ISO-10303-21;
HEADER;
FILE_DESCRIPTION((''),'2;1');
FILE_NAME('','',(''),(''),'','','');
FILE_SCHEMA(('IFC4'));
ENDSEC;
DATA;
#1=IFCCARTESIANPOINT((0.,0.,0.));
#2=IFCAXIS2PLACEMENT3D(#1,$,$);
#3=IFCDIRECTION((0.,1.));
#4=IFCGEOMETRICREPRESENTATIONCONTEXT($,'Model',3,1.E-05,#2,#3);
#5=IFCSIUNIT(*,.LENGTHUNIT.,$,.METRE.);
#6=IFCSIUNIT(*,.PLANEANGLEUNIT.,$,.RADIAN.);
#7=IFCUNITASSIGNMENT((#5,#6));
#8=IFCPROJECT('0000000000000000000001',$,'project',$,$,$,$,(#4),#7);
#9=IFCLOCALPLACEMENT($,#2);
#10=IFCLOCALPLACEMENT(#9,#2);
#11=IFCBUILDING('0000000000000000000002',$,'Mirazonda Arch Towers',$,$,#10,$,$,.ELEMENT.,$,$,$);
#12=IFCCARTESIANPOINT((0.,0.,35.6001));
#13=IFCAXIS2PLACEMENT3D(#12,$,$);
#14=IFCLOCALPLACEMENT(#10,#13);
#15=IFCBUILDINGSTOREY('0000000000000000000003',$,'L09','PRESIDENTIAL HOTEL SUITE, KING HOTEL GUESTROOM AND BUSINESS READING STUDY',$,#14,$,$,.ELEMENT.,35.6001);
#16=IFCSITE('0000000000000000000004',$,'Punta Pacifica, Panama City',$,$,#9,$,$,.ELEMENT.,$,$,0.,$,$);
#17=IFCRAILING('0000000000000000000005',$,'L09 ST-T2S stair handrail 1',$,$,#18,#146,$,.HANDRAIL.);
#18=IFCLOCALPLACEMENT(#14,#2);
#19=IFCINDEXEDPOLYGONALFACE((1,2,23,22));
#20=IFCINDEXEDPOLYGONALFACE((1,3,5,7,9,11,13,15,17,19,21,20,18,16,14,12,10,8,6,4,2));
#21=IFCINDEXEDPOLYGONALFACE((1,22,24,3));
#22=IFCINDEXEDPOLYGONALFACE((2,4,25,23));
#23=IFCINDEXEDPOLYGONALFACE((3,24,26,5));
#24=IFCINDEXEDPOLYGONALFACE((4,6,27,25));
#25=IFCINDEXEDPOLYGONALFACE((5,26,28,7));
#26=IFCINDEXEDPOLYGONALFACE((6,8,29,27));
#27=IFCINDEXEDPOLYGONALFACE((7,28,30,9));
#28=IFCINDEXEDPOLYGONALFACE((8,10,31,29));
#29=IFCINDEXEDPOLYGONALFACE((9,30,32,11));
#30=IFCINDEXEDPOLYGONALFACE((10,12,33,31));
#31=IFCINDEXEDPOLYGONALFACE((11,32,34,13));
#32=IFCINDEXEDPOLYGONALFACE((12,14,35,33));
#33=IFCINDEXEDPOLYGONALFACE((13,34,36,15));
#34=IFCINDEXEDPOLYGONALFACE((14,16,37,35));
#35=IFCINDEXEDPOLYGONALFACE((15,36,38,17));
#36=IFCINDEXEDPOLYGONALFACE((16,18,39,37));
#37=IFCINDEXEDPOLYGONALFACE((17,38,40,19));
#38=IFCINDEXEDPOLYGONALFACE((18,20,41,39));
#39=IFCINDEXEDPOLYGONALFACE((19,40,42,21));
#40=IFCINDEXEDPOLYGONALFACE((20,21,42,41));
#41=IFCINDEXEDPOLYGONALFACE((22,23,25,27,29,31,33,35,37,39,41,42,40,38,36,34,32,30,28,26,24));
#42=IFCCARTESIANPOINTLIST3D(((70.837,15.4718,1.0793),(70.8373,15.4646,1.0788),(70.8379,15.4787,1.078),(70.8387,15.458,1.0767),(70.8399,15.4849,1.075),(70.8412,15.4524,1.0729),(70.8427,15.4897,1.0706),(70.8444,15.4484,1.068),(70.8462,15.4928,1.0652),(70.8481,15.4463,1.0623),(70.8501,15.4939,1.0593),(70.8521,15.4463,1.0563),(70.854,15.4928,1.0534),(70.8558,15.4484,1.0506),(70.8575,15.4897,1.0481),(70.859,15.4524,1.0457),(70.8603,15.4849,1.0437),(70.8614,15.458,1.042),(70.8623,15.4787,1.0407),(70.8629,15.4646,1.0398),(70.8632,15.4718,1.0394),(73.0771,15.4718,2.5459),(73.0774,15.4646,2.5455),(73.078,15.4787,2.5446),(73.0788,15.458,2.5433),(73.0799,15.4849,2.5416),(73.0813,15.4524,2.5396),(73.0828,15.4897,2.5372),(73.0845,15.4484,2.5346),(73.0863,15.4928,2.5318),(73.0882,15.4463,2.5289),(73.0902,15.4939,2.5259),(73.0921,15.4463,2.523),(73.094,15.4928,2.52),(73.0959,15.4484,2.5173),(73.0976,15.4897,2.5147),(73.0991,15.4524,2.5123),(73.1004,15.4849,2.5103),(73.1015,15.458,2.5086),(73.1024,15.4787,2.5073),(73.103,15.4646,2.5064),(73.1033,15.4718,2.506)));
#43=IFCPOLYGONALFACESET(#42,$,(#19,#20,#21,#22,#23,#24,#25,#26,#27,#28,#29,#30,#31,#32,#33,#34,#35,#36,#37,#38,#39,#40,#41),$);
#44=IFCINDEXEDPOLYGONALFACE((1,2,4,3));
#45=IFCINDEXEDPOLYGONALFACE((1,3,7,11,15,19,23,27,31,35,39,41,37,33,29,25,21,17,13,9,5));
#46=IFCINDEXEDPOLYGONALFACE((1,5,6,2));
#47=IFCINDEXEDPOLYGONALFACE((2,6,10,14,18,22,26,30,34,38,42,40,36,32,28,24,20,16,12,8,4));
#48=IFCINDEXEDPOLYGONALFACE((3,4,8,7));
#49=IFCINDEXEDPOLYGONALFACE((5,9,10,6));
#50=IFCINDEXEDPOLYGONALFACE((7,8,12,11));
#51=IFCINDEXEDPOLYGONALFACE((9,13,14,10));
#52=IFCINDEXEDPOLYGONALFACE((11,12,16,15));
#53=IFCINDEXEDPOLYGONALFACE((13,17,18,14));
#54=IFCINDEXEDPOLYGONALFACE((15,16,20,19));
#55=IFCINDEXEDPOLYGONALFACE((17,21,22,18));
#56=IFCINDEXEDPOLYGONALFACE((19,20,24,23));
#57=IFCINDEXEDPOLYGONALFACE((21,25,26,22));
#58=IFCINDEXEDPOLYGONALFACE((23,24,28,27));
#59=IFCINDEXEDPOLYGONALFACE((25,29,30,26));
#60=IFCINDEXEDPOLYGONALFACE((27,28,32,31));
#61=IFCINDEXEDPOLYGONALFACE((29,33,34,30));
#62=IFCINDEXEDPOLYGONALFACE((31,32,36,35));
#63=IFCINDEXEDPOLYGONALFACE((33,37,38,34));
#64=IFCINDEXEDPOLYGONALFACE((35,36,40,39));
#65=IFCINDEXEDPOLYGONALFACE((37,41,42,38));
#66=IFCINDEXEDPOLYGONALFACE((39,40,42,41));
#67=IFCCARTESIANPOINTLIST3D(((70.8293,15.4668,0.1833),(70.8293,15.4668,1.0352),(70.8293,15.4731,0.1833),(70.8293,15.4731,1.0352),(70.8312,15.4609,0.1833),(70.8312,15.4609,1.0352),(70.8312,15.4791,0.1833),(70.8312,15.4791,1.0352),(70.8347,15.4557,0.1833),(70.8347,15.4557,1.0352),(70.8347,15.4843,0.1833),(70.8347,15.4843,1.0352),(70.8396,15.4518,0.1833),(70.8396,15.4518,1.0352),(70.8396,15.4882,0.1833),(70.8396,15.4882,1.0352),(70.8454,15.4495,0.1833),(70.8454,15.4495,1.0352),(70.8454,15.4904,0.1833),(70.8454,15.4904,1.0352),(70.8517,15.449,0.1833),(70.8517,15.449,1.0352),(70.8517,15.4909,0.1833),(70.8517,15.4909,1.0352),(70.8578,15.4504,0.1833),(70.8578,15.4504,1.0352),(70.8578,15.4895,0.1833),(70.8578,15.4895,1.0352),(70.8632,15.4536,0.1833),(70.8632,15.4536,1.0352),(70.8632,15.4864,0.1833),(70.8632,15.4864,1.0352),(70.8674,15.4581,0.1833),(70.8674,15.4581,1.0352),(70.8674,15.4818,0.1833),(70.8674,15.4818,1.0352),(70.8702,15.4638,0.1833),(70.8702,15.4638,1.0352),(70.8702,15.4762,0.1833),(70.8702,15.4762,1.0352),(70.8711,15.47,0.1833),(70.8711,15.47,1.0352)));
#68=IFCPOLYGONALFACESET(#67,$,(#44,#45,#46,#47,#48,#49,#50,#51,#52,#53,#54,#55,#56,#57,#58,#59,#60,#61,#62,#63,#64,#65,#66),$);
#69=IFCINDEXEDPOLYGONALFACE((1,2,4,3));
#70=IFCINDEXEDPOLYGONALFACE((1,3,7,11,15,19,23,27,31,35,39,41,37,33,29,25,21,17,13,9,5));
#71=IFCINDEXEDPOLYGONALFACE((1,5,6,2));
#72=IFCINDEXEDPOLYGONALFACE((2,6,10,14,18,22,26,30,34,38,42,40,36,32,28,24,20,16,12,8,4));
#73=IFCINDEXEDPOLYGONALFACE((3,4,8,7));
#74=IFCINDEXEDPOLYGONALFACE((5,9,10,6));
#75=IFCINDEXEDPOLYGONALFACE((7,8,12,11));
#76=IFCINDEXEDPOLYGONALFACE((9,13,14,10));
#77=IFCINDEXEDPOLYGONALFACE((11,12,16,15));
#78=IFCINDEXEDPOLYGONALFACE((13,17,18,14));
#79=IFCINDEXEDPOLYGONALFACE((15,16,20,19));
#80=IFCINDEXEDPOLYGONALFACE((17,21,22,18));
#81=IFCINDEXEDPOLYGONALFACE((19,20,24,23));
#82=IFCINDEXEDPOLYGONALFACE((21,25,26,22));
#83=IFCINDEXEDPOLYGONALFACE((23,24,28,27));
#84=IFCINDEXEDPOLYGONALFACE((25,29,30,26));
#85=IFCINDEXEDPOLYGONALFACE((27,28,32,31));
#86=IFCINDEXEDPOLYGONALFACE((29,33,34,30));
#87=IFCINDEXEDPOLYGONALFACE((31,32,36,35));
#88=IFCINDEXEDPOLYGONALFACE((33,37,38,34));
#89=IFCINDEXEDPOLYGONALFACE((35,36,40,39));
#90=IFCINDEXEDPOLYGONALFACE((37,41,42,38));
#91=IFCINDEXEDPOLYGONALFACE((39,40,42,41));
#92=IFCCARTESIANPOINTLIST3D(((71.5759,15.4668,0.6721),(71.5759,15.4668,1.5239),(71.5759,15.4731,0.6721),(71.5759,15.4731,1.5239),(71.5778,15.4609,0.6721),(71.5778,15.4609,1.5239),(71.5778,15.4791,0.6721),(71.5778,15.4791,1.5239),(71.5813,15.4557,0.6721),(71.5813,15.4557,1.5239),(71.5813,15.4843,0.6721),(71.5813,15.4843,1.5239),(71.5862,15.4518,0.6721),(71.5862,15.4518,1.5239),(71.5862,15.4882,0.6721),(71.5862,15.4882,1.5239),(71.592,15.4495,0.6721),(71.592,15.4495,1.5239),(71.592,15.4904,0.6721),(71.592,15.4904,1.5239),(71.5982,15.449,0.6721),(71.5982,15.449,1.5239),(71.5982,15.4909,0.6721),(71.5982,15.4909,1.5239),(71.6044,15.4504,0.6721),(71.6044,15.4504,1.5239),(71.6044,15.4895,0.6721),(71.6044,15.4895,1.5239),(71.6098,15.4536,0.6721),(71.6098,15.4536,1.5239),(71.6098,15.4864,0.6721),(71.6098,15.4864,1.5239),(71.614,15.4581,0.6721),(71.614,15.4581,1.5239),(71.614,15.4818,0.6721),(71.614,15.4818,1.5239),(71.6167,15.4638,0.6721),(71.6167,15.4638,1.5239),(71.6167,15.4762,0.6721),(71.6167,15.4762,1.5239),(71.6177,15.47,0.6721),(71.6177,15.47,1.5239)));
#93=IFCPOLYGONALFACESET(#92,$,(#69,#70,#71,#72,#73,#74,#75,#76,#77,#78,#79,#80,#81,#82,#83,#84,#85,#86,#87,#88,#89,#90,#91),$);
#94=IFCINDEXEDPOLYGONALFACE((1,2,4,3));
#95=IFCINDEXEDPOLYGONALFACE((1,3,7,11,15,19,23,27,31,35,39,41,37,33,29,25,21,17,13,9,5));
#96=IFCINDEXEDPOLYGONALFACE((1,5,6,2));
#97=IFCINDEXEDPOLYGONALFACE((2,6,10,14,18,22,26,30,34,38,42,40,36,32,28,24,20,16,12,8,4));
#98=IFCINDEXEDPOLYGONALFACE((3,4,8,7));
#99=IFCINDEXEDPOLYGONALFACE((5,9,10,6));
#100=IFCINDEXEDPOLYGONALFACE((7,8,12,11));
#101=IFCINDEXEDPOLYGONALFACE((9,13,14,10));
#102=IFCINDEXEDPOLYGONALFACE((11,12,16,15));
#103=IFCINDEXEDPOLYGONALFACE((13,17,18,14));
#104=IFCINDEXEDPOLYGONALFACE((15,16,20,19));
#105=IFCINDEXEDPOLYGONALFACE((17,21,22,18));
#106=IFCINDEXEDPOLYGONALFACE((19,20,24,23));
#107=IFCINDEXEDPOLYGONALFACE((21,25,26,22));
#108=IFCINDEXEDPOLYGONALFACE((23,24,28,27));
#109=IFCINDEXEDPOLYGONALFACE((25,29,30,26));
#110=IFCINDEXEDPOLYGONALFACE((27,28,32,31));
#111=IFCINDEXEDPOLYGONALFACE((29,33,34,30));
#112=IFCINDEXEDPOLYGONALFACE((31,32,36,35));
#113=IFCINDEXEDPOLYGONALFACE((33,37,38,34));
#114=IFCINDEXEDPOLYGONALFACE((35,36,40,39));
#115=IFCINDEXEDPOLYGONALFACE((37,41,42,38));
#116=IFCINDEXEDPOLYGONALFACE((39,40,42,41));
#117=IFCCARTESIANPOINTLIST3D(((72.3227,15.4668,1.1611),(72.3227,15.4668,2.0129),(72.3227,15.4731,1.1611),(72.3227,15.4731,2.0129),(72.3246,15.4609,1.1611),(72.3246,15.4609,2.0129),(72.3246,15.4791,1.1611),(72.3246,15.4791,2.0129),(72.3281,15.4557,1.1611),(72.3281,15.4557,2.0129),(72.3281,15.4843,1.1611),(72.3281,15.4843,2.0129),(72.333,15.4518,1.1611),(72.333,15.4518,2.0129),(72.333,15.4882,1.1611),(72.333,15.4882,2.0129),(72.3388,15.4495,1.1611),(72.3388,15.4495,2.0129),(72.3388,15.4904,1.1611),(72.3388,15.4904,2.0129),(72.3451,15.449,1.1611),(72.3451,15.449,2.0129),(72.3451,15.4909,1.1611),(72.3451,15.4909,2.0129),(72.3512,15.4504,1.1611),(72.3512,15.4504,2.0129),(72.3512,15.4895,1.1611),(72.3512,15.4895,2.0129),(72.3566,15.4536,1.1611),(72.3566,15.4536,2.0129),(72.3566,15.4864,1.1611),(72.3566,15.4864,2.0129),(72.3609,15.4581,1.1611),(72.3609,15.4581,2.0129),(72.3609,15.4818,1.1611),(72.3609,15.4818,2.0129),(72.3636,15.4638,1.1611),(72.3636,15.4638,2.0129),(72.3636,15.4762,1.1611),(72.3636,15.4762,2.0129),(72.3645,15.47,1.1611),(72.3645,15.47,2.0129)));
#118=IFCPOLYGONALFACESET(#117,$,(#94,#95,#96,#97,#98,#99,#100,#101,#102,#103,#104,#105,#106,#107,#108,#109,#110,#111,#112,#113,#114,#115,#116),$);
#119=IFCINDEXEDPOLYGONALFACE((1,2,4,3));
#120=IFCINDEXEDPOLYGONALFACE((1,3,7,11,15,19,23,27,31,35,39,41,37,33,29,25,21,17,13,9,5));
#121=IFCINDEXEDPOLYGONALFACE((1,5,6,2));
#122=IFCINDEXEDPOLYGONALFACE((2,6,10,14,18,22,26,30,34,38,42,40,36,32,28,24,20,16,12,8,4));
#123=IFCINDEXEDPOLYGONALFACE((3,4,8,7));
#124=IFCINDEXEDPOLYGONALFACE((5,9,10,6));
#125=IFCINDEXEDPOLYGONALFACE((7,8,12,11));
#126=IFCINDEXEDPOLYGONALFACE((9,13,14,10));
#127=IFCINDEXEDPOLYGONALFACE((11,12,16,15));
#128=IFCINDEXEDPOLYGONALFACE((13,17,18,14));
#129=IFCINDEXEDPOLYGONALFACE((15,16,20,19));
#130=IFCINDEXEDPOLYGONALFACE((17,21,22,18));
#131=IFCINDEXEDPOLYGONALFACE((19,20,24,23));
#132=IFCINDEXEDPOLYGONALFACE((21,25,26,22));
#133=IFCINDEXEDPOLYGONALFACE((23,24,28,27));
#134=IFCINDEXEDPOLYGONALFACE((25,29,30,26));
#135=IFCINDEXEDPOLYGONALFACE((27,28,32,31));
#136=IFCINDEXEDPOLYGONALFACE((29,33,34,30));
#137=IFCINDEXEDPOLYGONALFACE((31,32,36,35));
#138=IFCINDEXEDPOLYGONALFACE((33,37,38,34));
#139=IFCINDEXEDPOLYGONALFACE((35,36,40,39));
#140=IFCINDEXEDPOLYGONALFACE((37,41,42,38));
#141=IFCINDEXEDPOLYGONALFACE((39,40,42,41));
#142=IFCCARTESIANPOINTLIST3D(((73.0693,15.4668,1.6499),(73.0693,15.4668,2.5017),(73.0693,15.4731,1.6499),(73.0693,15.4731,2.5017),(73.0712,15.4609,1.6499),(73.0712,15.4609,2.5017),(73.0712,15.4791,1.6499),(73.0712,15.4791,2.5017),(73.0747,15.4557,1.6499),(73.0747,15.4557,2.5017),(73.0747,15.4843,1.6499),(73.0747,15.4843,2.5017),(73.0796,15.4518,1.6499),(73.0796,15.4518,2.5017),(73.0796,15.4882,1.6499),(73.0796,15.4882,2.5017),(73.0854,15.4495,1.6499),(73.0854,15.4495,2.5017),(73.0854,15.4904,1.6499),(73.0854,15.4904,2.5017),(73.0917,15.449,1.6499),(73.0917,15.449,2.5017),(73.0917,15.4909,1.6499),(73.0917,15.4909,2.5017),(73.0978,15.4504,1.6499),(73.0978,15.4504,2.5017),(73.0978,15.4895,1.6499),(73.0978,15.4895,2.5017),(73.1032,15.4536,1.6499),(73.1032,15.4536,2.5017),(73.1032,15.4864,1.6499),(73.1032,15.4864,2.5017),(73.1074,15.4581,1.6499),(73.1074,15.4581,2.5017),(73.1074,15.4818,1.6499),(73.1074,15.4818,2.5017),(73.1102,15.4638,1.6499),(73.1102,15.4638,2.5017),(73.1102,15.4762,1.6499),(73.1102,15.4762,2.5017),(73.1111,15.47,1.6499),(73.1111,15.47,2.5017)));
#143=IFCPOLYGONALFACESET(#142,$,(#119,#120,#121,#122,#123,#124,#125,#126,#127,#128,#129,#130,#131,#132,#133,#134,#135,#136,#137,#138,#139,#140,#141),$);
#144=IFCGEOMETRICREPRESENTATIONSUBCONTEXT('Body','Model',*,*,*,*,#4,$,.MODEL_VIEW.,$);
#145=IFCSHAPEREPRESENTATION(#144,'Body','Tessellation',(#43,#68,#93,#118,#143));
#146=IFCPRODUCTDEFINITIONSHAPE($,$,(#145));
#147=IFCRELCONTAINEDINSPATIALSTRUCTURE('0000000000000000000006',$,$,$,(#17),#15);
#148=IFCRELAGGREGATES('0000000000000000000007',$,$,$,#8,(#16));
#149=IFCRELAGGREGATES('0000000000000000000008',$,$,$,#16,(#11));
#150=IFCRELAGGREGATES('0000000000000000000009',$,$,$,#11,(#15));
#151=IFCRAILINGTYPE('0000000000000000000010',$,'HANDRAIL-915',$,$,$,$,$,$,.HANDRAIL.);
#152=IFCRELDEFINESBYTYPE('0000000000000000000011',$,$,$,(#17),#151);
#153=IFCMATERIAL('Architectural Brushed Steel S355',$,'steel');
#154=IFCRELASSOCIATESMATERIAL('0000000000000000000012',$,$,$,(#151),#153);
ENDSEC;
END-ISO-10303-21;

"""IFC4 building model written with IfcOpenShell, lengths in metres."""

from ifc_helpers import new_model, si_unit, direction, frame, origin, origin_2d, place, context, subcontext, project, spatial, circle, extrude, material, type_object, element, save


model = new_model("IFC4")

# Units and contexts
model_context = context("Model", 3, precision=1e-05, world=origin(), true_north=direction((0.0, 1.0)))
body_context = subcontext(model_context, "Body", "Model", "MODEL_VIEW")
ifc_project = project(units=[si_unit("LENGTHUNIT", "METRE"), si_unit("PLANEANGLEUNIT", "RADIAN")], contexts=[model_context])

# Site, building, storey
site_placement = place(None, origin())
site = spatial("IfcSite", under=ifc_project, at=site_placement, Name="Punta Pacifica, Panama City", CompositionType="ELEMENT", RefElevation=0.0)
building_placement = place(site_placement, origin())
building = spatial("IfcBuilding", under=site, at=building_placement, Name="Mirazonda Arch Towers", CompositionType="ELEMENT")
storey_placement = place(building_placement, frame((0.0, 0.0, 35.6001)))
storey = spatial("IfcBuildingStorey", under=building, at=storey_placement, Name="L09", Description="PRESIDENTIAL HOTEL SUITE, KING HOTEL GUESTROOM AND BUSINESS READING STUDY", CompositionType="ELEMENT", Elevation=35.6001)

# Railing
ifc_material_1 = material(Name="Architectural Brushed Steel S355", Category="steel")
railing_type_1 = type_object("IfcRailingType", Name="HANDRAIL-915", PredefinedType="HANDRAIL", material=ifc_material_1)
railing_1_placement = place(storey_placement, frame((70.8501, 15.47, 0.1833)))
element("IfcRailing", 1, at=railing_1_placement, inside=storey, type_object=railing_type_1, Name="L09 ST-T2S stair handrail 1", PredefinedType="HANDRAIL", context=body_context, shape_type="SweptSolid", body=[
    extrude(circle(Radius=0.0239, at=origin_2d()), frame((0.0, 0.0, 0.876), z_axis=(0.836637, 0.0, 0.547758), x_axis=(0.0, 1.0, 0.0)), (0.0, 0.0, 1.0), 2.6775),
    extrude(circle(Radius=0.021, at=origin_2d()), origin(), (0.0, 0.0, 1.0), 0.8518),
    extrude(circle(Radius=0.021, at=origin_2d()), frame((0.7466, 0.0, 0.4888)), (0.0, 0.0, 1.0), 0.8518),
    extrude(circle(Radius=0.021, at=origin_2d()), frame((1.4934, 0.0, 0.9778)), (0.0, 0.0, 1.0), 0.8518),
    extrude(circle(Radius=0.021, at=origin_2d()), frame((2.24, 0.0, 1.4666)), (0.0, 0.0, 1.0), 0.8518),
])

save(model, "model.ifc")
